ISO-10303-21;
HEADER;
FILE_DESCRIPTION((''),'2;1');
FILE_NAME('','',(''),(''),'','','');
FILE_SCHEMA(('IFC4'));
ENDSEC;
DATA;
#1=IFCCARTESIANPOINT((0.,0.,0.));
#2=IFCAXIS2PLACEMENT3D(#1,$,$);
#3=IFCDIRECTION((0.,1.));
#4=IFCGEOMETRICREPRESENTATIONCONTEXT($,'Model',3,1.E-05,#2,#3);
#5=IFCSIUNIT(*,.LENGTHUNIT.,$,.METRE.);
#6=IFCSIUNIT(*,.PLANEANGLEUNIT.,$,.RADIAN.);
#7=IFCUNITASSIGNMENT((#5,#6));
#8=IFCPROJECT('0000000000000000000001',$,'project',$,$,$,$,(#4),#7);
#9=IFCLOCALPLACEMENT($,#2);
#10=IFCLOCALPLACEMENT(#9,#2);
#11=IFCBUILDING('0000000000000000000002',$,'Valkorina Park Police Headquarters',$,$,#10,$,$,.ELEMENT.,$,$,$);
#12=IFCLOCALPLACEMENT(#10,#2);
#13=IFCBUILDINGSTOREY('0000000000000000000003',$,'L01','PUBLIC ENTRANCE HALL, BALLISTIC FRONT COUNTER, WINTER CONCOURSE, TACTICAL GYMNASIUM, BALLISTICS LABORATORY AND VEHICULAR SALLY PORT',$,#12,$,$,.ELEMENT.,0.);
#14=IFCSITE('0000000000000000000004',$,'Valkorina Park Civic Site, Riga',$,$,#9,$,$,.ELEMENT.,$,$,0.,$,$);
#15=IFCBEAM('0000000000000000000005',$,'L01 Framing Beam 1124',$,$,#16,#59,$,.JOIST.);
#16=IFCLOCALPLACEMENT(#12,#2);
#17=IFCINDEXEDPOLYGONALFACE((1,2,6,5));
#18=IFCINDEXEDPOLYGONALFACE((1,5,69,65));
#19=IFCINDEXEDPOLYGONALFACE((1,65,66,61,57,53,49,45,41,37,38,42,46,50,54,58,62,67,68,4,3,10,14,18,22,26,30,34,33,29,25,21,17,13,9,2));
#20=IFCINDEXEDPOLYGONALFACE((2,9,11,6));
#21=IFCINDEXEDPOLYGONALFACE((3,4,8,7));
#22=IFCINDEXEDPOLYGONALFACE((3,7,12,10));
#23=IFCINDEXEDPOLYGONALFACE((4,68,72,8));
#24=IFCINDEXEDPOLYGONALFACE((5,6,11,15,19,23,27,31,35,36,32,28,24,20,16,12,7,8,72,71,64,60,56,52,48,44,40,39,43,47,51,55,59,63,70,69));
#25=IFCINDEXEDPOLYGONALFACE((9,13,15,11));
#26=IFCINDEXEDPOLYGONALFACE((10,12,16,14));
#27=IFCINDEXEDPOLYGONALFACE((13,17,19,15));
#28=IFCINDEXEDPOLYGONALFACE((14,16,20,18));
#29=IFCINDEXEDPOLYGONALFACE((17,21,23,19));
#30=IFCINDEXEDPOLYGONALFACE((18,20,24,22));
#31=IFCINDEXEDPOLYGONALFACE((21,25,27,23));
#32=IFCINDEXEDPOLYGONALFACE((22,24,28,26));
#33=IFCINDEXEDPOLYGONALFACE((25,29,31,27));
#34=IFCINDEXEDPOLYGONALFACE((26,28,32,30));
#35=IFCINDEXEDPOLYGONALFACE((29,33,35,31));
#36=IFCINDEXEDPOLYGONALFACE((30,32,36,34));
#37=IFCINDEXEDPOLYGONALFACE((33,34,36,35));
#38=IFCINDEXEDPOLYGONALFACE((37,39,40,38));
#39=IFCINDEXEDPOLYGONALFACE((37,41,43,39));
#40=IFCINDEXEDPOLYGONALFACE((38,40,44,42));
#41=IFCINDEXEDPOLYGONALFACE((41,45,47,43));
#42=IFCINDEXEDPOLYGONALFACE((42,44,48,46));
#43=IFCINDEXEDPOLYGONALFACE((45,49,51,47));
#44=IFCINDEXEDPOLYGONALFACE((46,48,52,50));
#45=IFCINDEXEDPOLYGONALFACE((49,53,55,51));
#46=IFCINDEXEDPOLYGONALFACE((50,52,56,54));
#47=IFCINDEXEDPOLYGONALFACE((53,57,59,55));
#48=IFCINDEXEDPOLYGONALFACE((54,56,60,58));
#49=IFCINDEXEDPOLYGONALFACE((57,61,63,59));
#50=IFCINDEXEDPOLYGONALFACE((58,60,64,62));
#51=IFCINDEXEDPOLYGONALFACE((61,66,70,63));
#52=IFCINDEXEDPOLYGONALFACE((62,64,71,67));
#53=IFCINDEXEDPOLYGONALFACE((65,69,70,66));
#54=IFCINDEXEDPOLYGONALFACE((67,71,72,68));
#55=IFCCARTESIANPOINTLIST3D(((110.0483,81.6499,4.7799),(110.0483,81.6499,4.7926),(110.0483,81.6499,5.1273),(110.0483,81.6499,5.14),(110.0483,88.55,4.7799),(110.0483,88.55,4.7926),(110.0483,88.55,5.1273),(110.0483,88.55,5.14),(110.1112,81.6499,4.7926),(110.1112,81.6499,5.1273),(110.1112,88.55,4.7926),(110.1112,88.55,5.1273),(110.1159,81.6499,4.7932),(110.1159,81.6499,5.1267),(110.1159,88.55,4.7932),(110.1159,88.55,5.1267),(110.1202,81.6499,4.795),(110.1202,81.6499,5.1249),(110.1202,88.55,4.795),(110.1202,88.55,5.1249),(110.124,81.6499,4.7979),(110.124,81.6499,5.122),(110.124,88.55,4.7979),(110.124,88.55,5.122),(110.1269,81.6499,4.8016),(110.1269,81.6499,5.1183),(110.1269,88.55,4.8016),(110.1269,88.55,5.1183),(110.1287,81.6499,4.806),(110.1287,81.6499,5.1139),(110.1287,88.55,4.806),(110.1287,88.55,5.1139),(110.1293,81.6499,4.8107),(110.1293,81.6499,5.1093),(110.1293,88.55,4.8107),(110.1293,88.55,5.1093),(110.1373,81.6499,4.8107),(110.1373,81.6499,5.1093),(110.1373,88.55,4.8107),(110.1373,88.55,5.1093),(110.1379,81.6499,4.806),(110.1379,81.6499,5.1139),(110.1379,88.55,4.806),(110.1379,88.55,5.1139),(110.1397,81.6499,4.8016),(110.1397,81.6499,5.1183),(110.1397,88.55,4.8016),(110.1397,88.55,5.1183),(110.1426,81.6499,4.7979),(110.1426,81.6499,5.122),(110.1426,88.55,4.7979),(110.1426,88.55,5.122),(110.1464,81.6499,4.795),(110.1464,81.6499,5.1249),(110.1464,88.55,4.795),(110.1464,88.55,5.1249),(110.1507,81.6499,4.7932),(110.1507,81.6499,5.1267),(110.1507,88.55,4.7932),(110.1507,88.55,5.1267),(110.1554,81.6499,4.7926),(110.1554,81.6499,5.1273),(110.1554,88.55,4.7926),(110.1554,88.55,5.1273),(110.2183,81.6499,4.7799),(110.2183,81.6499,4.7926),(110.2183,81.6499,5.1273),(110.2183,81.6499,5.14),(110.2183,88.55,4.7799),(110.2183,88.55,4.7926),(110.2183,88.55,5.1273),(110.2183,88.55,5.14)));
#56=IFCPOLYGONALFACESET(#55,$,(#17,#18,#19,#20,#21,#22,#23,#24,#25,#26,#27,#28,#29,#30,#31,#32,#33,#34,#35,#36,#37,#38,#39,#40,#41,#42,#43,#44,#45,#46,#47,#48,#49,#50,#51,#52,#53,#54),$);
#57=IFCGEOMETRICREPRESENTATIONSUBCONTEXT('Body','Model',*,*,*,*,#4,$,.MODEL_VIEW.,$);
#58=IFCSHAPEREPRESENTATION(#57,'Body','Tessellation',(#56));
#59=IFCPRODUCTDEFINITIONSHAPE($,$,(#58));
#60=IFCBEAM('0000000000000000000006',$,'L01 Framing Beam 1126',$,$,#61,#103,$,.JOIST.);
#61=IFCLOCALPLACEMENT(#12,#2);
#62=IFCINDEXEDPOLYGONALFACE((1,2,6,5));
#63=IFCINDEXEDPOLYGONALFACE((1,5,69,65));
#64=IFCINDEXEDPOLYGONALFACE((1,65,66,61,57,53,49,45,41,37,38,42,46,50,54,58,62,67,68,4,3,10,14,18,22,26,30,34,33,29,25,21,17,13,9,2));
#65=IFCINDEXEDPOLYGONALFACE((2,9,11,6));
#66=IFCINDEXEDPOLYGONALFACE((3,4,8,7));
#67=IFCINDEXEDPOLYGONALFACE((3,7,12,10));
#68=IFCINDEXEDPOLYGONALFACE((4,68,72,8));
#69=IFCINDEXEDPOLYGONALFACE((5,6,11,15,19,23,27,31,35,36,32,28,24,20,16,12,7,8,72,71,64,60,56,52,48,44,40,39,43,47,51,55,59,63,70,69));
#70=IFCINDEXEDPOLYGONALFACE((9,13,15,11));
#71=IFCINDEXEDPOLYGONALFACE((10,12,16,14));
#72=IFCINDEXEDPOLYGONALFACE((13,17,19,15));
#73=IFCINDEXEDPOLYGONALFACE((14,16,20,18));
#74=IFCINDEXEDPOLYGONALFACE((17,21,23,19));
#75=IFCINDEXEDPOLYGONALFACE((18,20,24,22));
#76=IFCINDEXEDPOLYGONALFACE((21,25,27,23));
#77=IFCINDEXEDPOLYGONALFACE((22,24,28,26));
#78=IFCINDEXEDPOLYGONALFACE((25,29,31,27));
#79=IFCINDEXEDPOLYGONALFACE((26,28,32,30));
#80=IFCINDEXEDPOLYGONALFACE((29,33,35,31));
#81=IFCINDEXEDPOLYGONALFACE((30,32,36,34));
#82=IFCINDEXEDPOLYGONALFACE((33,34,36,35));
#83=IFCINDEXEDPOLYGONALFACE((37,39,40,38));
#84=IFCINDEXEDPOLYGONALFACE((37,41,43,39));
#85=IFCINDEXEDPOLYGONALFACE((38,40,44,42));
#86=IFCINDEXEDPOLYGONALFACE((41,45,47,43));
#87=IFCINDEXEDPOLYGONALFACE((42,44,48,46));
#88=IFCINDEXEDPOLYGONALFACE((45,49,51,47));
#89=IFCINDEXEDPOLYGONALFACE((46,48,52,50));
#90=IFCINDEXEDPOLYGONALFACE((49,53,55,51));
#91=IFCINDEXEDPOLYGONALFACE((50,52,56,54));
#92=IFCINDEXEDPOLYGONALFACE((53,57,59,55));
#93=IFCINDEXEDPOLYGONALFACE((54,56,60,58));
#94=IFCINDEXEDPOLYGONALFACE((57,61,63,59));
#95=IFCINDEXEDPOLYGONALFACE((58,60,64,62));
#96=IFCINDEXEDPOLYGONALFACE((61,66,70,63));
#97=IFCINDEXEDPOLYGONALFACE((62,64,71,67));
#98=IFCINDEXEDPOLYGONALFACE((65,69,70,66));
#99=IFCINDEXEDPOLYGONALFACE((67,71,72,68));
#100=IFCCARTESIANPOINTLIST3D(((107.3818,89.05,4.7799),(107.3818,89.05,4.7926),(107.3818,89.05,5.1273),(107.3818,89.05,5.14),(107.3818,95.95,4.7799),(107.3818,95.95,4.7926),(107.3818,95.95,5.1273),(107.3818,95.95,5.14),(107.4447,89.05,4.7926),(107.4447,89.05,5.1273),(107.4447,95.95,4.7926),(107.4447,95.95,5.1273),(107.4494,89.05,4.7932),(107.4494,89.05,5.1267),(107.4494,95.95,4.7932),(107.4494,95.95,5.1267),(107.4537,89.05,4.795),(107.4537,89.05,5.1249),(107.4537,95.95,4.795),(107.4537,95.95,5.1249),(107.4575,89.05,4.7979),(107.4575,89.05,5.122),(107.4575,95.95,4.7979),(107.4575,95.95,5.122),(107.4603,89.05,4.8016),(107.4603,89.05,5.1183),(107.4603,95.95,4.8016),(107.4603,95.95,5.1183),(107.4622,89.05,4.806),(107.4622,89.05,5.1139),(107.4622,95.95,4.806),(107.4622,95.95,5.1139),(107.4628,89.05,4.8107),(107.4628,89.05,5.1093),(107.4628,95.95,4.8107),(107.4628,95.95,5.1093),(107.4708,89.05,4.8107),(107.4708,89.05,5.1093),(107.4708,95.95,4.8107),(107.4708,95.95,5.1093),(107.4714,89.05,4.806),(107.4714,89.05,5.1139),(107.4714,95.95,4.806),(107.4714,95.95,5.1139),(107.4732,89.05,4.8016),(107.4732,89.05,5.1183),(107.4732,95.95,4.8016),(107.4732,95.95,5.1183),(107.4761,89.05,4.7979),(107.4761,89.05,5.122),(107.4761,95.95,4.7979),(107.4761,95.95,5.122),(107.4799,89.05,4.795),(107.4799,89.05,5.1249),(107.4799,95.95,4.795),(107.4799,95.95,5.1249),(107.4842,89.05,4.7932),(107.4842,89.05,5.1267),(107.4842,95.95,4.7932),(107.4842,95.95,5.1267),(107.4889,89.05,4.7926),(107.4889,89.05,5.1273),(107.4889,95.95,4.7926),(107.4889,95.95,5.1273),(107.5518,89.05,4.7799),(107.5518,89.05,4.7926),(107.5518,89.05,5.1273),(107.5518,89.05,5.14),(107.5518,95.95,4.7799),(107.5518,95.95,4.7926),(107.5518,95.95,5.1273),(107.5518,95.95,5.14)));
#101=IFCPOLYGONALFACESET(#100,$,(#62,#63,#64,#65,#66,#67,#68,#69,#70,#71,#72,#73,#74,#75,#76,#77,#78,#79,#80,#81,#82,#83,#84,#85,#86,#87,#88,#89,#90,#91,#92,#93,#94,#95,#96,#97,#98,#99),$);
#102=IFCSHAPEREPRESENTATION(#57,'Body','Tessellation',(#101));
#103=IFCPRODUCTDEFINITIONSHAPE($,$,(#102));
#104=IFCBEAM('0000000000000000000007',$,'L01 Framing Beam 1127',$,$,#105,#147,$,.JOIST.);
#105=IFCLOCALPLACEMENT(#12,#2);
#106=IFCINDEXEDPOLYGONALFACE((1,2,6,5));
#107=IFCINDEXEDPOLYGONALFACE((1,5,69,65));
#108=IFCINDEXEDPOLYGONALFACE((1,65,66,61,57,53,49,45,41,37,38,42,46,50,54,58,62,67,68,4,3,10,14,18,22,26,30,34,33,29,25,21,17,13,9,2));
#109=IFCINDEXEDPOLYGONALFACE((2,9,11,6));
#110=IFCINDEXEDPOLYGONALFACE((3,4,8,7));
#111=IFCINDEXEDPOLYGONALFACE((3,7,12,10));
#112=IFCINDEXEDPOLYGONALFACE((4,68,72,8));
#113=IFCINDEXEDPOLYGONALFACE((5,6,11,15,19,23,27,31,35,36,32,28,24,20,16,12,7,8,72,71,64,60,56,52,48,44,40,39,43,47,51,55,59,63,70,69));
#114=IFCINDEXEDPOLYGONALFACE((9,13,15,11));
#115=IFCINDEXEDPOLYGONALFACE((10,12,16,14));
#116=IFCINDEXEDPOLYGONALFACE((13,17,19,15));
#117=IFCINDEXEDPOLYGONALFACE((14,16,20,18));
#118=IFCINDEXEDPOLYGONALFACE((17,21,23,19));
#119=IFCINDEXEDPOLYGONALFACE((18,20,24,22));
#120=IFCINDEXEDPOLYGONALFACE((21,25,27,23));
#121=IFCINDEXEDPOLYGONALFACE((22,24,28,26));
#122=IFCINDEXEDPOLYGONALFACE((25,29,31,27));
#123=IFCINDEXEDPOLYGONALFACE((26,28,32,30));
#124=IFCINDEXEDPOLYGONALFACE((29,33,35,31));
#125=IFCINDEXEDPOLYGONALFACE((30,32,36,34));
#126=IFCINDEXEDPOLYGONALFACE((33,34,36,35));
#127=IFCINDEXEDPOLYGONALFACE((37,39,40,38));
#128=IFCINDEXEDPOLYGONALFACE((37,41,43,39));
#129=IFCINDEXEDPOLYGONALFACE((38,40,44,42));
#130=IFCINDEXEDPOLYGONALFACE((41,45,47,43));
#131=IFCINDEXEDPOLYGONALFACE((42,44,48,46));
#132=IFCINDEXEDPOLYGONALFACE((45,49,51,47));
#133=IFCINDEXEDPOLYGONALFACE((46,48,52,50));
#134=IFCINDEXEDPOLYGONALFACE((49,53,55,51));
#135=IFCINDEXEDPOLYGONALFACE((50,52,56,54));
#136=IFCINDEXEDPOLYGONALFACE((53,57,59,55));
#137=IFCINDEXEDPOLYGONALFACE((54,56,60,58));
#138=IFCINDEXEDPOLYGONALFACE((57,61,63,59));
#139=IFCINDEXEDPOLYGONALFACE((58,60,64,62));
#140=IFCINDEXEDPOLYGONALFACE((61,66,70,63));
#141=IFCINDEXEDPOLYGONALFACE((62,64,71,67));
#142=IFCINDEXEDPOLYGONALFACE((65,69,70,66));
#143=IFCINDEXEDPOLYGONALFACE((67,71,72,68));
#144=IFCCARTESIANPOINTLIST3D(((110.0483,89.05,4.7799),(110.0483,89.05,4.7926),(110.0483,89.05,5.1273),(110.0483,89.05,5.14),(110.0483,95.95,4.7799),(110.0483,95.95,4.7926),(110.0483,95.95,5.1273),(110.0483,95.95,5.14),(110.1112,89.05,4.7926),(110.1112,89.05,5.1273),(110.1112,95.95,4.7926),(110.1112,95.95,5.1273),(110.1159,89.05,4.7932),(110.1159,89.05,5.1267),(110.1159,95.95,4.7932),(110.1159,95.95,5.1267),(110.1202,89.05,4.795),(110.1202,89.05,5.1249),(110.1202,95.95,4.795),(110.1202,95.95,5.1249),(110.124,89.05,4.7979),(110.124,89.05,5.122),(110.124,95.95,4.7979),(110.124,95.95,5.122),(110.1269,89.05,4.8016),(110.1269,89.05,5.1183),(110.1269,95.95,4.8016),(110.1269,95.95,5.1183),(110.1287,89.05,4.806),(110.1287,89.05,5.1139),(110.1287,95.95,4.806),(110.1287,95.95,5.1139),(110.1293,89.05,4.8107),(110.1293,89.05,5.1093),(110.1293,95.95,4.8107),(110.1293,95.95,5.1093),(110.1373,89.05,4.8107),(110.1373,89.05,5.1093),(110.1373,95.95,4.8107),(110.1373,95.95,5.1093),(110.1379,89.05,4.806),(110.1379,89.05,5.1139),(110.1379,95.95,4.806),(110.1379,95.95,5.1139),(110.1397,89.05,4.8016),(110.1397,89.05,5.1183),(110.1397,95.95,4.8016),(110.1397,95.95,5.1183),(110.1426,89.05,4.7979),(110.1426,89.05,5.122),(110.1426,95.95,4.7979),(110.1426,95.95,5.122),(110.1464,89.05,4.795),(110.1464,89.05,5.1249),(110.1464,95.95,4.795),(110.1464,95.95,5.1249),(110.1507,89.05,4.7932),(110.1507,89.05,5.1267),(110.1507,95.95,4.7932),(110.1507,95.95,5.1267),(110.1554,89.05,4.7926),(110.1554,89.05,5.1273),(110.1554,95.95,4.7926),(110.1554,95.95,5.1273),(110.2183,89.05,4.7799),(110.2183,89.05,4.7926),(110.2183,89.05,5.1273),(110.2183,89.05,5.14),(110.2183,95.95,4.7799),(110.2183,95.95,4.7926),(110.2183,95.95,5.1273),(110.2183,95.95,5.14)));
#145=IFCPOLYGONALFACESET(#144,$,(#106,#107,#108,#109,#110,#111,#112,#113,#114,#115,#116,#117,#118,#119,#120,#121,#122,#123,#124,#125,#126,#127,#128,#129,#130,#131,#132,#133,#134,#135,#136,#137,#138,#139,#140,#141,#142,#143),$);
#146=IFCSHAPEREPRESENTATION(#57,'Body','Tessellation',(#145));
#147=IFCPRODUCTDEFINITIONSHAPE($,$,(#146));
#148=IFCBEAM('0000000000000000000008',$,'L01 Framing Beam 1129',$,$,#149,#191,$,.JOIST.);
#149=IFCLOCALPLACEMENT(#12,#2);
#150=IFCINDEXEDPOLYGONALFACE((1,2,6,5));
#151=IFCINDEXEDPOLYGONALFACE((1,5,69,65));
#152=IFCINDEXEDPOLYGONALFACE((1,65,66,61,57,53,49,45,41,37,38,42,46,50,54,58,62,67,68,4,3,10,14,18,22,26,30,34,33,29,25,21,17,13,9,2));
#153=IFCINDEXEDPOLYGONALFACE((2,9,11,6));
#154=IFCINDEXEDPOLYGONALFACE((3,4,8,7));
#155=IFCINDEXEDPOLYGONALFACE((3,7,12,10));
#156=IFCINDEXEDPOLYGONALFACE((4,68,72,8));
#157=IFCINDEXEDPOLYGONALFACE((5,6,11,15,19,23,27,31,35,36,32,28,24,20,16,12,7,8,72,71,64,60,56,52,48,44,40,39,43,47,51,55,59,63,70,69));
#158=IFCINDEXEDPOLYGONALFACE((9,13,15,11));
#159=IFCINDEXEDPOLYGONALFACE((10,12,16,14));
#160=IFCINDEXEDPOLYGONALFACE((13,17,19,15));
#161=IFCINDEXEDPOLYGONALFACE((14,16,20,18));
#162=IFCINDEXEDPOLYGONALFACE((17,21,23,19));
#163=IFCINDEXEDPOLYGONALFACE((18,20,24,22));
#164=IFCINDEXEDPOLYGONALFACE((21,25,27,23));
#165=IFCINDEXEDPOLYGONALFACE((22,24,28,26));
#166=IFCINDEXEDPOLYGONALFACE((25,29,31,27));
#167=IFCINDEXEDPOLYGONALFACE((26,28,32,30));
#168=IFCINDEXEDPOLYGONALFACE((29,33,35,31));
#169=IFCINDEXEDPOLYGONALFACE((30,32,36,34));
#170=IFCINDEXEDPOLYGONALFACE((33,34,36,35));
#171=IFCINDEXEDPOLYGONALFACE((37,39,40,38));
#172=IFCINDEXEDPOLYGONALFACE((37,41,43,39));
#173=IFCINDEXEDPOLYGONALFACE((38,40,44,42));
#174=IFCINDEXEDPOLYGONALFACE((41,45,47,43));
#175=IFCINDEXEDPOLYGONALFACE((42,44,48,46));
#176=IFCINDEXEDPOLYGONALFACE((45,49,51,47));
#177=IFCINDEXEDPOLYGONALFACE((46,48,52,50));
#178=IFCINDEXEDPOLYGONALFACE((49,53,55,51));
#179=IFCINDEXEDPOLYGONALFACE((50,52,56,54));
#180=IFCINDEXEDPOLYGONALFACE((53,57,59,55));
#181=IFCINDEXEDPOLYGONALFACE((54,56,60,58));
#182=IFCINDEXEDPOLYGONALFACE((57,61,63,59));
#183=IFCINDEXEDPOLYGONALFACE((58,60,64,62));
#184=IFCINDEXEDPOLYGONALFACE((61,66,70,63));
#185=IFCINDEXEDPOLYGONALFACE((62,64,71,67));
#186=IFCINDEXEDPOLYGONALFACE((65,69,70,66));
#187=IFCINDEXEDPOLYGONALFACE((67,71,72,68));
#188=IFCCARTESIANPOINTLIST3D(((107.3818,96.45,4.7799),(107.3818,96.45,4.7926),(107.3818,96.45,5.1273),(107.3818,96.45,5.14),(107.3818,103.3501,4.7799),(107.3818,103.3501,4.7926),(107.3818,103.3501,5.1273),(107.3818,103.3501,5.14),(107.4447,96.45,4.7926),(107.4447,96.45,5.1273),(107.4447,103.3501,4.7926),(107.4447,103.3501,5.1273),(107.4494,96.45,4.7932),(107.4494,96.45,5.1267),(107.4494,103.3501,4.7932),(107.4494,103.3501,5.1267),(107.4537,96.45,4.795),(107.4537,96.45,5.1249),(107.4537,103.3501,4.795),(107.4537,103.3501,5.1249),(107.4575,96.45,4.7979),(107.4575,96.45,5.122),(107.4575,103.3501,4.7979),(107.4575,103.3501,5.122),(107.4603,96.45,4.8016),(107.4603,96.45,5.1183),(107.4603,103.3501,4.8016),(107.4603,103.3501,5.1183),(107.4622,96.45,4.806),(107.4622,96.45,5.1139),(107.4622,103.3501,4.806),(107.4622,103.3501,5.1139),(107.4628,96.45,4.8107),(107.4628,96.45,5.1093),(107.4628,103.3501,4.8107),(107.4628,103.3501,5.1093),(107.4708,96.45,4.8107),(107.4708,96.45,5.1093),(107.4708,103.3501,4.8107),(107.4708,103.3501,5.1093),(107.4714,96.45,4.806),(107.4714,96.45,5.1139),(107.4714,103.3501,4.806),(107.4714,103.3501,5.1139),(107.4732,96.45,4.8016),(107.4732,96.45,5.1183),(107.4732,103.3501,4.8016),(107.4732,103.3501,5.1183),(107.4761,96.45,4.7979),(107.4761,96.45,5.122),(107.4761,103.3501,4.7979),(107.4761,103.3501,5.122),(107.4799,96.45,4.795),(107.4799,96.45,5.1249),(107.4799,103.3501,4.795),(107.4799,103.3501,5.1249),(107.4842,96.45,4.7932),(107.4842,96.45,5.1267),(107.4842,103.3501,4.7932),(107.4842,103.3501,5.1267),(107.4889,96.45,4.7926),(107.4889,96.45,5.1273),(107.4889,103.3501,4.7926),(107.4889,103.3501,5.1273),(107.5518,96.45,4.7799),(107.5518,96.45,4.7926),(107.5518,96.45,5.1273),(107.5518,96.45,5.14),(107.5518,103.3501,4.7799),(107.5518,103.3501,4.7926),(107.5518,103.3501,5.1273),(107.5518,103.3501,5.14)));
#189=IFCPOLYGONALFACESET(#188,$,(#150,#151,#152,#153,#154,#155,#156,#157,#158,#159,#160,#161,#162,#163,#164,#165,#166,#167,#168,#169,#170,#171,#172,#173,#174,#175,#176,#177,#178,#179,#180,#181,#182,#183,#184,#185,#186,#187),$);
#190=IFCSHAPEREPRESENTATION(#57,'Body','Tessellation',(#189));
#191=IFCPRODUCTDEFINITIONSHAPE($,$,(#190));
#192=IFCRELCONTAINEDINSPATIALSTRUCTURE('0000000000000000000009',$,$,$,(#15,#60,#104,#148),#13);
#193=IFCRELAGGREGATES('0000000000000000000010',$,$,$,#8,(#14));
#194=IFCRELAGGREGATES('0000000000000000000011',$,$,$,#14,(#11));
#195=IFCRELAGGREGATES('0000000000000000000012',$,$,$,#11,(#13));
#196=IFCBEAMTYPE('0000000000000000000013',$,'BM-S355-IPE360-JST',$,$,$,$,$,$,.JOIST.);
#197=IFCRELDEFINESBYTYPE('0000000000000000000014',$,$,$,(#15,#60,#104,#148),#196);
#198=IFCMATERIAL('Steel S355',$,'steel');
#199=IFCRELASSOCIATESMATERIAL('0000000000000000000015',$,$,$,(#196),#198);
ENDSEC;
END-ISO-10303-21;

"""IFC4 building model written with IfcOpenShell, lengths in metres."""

from ifc_helpers import new_model, si_unit, direction, frame, origin, origin_2d, place, context, subcontext, project, spatial, i_section, extrude, material, material_profile, profile_set, type_object, element, save


model = new_model("IFC4")

# Units and contexts
model_context = context("Model", 3, precision=1e-05, world=origin(), true_north=direction((0.0, 1.0)))
body_context = subcontext(model_context, "Body", "Model", "MODEL_VIEW")
ifc_project = project(units=[si_unit("LENGTHUNIT", "METRE"), si_unit("PLANEANGLEUNIT", "RADIAN")], contexts=[model_context])

# Site, building, storey
site_placement = place(None, origin())
site = spatial("IfcSite", under=ifc_project, at=site_placement, Name="Valkorina Park Civic Site, Riga", CompositionType="ELEMENT", RefElevation=0.0)
building_placement = place(site_placement, origin())
building = spatial("IfcBuilding", under=site, at=building_placement, Name="Valkorina Park Police Headquarters", CompositionType="ELEMENT")
storey_placement = place(building_placement, origin())
storey = spatial("IfcBuildingStorey", under=building, at=storey_placement, Name="L01", Description="PUBLIC ENTRANCE HALL, BALLISTIC FRONT COUNTER, WINTER CONCOURSE, TACTICAL GYMNASIUM, BALLISTICS LABORATORY AND VEHICULAR SALLY PORT", CompositionType="ELEMENT", Elevation=0.0)

# Beams
ifc_material_1 = material(Name="Steel S355", Category="steel")
ifc_material_profile_1 = material_profile(ifc_material_1, i_section(OverallWidth=0.1699, OverallDepth=0.3601, WebThickness=0.0081, FlangeThickness=0.0127, FilletRadius=0.0181, at=origin_2d()), Name="IPE 360")
ifc_profile_set_1 = profile_set([ifc_material_profile_1], Name="Steel S355")
beam_type_1 = type_object("IfcBeamType", Name="BM-S355-IPE360-JST", PredefinedType="JOIST", material=ifc_profile_set_1)
for number, where, z_axis, x_axis, name in (
    (1, (110.1333, 81.6499, 4.96), (0.0, 1.0, 0.0), (-1.0, 0.0, 0.0), "L01 Framing Beam 1124"),
):
    element("IfcBeam", number, at=place(storey_placement, frame(where, z_axis=z_axis, x_axis=x_axis)), inside=storey, type_object=beam_type_1, Name=name, PredefinedType="JOIST", context=body_context, shape_type="SweptSolid", body=[
        extrude(i_section(OverallWidth=0.1699, OverallDepth=0.3601, WebThickness=0.0081, FlangeThickness=0.0127, FilletRadius=0.0181, at=origin_2d()), origin(), (0.0, 0.0, 1.0), 6.9001),
    ])
for number, where, z_axis, x_axis, name in (
    (2, (107.4668, 89.05, 4.96), (0.0, 1.0, 0.0), (-1.0, 0.0, 0.0), "L01 Framing Beam 1126"),
    (3, (110.1333, 89.05, 4.96), (0.0, 1.0, 0.0), (-1.0, 0.0, 0.0), "L01 Framing Beam 1127"),
):
    element("IfcBeam", number, at=place(storey_placement, frame(where, z_axis=z_axis, x_axis=x_axis)), inside=storey, type_object=beam_type_1, Name=name, PredefinedType="JOIST", context=body_context, shape_type="SweptSolid", body=[
        extrude(i_section(OverallWidth=0.1699, OverallDepth=0.3601, WebThickness=0.0081, FlangeThickness=0.0127, FilletRadius=0.0181, at=origin_2d()), origin(), (0.0, 0.0, 1.0), 6.8999),
    ])
beam_1_placement = place(storey_placement, frame((107.4668, 96.45, 4.96), z_axis=(0.0, 1.0, 0.0), x_axis=(-1.0, 0.0, 0.0)))
element("IfcBeam", 4, at=beam_1_placement, inside=storey, type_object=beam_type_1, Name="L01 Framing Beam 1129", PredefinedType="JOIST", context=body_context, shape_type="SweptSolid", body=[
    extrude(i_section(OverallWidth=0.1699, OverallDepth=0.3601, WebThickness=0.0081, FlangeThickness=0.0127, FilletRadius=0.0181, at=origin_2d()), origin(), (0.0, 0.0, 1.0), 6.9001),
])

save(model, "model.ifc")
